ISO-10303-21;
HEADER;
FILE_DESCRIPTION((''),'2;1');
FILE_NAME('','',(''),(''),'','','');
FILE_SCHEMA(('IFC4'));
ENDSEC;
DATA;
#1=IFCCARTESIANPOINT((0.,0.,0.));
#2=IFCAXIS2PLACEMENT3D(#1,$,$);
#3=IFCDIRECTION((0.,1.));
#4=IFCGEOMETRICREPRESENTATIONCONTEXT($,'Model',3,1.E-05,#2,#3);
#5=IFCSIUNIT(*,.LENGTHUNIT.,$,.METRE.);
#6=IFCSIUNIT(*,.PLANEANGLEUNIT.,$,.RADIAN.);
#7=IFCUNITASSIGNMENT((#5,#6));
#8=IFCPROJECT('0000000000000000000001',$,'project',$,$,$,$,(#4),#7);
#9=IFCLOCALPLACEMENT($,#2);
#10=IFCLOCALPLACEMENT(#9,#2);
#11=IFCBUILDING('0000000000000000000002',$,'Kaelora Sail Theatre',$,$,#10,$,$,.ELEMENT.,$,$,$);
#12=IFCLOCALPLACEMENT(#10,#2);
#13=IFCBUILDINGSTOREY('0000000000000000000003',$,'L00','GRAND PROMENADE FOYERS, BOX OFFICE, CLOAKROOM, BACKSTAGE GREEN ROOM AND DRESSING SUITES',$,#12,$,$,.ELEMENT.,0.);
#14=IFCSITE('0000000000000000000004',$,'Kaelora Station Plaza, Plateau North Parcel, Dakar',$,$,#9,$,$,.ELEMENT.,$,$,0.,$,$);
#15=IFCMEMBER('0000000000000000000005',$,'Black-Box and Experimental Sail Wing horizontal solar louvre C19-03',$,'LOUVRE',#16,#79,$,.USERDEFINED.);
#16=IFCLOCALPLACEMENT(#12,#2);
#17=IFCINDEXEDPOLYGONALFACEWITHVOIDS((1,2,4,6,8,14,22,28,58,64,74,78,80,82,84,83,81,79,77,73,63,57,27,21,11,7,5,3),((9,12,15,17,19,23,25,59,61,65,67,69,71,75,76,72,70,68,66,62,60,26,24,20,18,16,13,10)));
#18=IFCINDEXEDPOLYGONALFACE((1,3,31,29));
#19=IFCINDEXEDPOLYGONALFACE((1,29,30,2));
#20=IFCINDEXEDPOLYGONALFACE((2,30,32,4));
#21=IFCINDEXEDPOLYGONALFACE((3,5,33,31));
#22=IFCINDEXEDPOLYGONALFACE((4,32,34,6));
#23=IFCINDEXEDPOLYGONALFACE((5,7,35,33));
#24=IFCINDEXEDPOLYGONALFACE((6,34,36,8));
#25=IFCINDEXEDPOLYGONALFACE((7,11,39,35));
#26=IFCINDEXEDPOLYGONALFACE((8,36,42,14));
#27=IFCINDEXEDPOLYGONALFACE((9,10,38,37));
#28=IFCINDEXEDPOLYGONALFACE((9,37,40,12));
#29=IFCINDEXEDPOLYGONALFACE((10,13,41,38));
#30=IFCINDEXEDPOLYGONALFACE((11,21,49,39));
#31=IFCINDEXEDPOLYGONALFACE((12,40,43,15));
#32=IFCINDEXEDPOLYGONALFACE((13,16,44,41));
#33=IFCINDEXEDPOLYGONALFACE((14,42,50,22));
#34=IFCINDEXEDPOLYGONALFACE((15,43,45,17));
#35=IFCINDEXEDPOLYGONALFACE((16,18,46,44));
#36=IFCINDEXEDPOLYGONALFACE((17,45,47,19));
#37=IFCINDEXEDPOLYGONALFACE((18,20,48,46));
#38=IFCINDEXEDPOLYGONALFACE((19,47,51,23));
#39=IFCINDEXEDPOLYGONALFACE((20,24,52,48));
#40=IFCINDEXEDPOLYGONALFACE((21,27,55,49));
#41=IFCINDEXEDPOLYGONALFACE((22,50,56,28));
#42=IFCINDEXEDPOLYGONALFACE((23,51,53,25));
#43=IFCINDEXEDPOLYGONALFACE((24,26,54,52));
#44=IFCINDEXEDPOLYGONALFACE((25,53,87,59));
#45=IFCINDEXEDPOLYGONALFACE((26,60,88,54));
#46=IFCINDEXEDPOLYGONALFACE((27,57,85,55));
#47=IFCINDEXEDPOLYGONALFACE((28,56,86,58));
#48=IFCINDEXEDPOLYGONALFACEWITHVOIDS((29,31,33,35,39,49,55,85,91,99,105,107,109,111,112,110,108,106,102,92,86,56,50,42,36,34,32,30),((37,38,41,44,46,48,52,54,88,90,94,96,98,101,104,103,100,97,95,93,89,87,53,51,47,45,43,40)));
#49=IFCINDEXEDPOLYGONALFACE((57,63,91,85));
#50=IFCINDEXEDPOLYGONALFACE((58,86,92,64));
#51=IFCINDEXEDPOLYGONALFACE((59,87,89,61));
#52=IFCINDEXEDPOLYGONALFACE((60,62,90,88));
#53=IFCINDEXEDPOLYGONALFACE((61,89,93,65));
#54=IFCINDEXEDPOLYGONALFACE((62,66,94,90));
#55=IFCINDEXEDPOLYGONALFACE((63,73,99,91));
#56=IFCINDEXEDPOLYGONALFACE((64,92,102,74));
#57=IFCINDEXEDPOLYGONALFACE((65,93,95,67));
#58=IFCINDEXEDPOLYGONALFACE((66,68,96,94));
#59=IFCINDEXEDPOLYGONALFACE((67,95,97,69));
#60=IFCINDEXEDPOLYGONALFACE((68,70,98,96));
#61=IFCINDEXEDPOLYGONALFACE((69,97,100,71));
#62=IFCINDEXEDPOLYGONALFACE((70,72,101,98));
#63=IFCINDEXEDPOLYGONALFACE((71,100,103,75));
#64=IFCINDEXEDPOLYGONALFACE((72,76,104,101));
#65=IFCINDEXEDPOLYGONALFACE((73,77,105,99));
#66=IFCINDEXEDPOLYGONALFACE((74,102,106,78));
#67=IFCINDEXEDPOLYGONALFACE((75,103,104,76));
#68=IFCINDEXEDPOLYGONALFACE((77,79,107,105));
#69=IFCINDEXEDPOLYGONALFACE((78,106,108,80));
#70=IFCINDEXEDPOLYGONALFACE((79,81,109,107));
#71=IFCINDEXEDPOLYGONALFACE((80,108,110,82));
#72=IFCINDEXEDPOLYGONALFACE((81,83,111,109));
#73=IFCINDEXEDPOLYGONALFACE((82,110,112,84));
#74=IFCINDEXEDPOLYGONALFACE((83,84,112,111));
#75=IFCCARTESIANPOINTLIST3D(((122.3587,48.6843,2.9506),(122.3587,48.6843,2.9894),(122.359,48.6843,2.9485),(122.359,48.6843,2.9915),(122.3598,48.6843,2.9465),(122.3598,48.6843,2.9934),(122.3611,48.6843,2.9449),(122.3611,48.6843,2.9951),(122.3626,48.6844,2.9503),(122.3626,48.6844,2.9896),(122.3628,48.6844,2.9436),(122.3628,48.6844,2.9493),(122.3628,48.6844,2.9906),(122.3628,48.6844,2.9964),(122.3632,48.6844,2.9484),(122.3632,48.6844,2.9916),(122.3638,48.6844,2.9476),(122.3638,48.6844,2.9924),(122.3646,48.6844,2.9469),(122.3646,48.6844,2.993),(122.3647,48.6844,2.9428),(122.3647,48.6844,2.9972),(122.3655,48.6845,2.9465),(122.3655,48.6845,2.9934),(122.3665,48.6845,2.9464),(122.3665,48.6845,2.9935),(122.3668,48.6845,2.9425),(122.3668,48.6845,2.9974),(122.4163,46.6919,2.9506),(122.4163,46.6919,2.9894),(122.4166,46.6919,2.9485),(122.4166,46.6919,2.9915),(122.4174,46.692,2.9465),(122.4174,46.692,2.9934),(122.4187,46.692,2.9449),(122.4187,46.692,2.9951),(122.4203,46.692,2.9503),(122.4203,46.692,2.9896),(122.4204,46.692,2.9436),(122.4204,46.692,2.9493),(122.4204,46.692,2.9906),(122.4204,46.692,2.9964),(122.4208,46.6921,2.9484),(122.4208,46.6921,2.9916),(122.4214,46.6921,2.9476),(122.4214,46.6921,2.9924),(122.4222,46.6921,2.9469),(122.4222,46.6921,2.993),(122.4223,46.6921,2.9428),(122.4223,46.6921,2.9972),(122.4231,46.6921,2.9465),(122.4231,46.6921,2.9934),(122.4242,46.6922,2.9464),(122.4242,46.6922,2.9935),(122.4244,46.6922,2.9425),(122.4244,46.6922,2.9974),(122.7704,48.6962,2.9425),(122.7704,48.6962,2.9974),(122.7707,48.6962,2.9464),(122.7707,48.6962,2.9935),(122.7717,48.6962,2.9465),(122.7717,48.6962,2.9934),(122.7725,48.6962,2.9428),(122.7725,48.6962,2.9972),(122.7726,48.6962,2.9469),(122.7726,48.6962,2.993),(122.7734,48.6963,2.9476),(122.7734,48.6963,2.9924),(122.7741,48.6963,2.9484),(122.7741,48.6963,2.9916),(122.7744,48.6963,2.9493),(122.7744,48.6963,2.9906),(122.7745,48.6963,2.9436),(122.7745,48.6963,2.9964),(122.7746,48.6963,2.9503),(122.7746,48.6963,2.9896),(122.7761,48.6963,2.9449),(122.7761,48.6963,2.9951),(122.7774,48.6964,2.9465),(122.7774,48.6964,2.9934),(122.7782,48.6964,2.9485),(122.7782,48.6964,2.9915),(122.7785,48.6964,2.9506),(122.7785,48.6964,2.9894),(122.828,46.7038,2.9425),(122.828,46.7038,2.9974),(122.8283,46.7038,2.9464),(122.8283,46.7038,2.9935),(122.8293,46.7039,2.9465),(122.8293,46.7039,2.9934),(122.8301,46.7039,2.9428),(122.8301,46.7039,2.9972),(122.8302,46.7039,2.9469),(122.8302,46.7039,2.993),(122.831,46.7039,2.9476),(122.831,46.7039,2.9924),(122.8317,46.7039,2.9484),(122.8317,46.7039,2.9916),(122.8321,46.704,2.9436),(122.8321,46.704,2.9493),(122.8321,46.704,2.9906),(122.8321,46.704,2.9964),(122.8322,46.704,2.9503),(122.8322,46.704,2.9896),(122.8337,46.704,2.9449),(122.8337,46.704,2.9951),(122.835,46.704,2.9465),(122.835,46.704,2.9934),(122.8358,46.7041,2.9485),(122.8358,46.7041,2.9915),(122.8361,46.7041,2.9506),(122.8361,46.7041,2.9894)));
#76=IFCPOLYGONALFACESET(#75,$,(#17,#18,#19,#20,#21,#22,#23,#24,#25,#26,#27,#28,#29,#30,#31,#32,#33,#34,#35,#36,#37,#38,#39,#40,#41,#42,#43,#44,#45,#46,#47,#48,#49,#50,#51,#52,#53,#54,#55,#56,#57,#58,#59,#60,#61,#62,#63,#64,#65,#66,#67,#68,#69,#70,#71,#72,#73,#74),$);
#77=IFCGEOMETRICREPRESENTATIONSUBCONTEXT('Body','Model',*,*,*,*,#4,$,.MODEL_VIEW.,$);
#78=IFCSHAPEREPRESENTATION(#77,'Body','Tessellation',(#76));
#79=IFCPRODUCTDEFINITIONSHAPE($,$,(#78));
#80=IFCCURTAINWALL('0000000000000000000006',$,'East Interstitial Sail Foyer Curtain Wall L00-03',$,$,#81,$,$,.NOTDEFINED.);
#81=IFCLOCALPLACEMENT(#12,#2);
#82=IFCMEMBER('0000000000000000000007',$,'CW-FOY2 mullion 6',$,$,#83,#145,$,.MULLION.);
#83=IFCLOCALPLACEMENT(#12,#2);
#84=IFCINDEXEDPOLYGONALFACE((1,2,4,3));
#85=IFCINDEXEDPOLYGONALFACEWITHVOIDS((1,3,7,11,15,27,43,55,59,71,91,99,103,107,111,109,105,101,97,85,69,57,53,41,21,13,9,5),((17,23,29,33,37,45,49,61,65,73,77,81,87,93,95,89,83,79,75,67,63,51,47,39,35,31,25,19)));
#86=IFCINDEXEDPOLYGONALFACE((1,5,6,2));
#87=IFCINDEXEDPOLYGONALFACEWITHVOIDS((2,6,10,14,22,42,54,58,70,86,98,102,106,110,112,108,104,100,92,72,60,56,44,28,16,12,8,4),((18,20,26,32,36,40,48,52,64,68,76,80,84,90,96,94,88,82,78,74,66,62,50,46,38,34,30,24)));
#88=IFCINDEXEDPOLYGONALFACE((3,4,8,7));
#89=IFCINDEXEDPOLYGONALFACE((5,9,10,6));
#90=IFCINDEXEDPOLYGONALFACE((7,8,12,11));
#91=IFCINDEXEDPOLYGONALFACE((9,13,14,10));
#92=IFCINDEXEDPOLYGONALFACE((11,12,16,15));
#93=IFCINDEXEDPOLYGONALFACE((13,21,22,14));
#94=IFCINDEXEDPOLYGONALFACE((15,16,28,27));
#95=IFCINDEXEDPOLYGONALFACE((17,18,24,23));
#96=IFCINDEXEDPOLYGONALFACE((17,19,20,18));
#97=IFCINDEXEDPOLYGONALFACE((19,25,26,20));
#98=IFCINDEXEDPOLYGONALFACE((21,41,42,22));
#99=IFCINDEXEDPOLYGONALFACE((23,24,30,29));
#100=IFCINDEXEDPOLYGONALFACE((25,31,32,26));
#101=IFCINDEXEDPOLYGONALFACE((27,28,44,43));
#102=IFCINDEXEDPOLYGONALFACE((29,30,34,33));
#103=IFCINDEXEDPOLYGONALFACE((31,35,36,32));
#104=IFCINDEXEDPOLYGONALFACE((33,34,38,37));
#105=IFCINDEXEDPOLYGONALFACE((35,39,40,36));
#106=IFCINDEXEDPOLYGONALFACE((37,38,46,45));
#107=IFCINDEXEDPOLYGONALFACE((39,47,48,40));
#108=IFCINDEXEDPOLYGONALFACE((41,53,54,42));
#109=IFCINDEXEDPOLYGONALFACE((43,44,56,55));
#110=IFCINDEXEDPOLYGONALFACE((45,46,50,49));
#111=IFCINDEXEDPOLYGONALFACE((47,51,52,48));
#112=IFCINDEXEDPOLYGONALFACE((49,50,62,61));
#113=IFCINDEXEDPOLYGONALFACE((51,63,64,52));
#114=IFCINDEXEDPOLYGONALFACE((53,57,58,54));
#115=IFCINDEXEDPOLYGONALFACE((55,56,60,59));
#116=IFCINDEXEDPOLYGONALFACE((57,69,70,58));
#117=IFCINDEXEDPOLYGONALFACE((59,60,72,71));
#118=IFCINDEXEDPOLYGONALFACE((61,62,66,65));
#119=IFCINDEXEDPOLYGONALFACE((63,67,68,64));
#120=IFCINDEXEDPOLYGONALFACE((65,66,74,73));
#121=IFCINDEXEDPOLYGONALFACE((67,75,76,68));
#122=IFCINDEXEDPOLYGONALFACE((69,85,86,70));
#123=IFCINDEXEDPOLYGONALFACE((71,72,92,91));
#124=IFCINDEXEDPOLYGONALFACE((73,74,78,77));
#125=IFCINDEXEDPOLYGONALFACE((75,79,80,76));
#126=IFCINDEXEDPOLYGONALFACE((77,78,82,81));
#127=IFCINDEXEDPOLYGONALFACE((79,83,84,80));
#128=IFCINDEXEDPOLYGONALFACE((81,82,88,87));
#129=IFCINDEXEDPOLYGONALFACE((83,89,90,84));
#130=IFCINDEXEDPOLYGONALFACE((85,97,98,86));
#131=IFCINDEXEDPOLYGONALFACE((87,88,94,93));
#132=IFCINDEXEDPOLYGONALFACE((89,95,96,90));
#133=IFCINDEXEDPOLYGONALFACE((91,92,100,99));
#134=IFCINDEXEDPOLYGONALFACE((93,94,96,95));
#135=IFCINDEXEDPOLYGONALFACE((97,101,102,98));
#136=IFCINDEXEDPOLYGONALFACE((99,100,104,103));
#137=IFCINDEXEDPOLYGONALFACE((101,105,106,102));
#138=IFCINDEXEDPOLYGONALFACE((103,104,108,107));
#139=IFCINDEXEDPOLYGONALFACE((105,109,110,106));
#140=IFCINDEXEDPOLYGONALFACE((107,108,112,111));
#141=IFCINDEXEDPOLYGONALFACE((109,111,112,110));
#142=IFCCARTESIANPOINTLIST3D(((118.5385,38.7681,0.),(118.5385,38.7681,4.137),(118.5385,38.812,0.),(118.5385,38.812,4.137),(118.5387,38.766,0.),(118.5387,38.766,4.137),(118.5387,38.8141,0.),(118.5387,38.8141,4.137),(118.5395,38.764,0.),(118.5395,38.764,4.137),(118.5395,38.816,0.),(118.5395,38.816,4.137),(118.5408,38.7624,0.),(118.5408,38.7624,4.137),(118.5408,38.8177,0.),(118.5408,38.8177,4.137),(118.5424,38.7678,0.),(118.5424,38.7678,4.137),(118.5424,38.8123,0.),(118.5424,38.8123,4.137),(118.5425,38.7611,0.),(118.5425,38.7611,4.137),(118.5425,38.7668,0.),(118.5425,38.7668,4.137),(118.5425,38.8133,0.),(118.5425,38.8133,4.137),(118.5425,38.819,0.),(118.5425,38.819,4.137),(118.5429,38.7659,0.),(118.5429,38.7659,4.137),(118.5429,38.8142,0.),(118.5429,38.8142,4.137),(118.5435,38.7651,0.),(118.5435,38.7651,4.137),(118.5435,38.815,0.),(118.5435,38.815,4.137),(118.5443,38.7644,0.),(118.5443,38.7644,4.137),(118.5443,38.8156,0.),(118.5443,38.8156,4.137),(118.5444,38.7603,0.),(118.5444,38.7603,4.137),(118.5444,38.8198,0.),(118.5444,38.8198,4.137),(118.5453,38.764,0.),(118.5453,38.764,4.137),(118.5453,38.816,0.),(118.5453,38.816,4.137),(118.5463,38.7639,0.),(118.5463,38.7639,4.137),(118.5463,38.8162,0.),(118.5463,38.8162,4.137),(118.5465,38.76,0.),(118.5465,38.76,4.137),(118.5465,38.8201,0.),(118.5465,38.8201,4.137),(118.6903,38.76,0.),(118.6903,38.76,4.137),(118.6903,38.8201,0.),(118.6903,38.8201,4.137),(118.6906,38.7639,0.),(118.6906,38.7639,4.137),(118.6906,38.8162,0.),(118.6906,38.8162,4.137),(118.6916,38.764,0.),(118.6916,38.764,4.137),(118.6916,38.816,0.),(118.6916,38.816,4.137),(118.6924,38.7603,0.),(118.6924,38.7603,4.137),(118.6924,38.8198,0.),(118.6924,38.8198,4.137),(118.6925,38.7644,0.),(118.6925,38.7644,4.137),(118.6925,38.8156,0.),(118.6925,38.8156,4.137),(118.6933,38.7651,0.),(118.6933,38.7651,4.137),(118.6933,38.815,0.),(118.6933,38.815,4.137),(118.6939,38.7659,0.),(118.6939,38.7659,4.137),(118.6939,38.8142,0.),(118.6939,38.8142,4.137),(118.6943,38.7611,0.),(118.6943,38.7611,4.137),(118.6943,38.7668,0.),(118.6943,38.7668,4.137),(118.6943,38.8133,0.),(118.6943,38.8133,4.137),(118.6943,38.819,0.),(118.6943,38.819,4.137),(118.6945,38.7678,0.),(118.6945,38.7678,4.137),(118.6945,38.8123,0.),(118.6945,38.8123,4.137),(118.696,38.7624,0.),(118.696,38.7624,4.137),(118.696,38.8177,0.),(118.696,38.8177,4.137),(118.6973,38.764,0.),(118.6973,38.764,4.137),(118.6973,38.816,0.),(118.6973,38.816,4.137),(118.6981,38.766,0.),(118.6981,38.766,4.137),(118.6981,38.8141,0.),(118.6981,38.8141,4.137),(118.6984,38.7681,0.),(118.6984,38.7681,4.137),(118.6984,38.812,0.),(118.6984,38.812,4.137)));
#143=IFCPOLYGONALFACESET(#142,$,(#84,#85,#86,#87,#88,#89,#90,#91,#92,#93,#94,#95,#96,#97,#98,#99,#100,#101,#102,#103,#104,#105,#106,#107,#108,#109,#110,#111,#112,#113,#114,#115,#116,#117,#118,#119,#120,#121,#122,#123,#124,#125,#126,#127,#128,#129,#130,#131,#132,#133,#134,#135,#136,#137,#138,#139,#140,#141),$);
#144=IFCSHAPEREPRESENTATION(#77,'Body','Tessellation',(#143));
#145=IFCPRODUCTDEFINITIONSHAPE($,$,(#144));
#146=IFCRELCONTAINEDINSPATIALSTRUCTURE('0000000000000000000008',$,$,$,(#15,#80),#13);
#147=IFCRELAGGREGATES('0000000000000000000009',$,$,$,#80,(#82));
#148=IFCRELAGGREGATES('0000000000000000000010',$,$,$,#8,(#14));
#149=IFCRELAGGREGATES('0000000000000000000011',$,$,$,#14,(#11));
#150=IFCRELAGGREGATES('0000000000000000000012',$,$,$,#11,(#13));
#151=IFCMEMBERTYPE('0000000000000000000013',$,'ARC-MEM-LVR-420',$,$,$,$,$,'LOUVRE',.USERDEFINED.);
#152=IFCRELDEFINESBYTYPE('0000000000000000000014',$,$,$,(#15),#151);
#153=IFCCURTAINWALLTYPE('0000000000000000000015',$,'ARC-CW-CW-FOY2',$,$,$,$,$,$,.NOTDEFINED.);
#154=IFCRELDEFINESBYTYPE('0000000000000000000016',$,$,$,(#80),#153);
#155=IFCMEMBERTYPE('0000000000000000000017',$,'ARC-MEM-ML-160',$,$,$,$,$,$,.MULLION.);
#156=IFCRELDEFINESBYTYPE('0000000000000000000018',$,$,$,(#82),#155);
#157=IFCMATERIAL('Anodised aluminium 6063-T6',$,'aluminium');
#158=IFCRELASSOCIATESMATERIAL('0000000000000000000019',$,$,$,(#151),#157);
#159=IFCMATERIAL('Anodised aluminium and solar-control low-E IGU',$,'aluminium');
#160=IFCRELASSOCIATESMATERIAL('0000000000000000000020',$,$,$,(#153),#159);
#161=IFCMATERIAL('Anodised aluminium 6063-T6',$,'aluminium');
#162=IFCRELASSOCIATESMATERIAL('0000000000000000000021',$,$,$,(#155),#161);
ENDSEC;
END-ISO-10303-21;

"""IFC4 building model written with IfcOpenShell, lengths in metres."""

from ifc_helpers import new_model, si_unit, direction, frame, origin, origin_2d, place, context, subcontext, project, spatial, hollow_rectangle, extrude, material, material_profile, profile_set, type_object, element, aggregate, save


model = new_model("IFC4")

# Units and contexts
model_context = context("Model", 3, precision=1e-05, world=origin(), true_north=direction((0.0, 1.0)))
body_context = subcontext(model_context, "Body", "Model", "MODEL_VIEW")
ifc_project = project(units=[si_unit("LENGTHUNIT", "METRE"), si_unit("PLANEANGLEUNIT", "RADIAN")], contexts=[model_context])

# Site, building, storey
site_placement = place(None, origin())
site = spatial("IfcSite", under=ifc_project, at=site_placement, Name="Kaelora Station Plaza, Plateau North Parcel, Dakar", CompositionType="ELEMENT", RefElevation=0.0)
building_placement = place(site_placement, origin())
building = spatial("IfcBuilding", under=site, at=building_placement, Name="Kaelora Sail Theatre", CompositionType="ELEMENT")
storey_placement = place(building_placement, origin())
storey = spatial("IfcBuildingStorey", under=building, at=storey_placement, Name="L00", Description="GRAND PROMENADE FOYERS, BOX OFFICE, CLOAKROOM, BACKSTAGE GREEN ROOM AND DRESSING SUITES", CompositionType="ELEMENT", Elevation=0.0)

# Member
ifc_material_1 = material(Name="Anodised aluminium 6063-T6", Category="aluminium")
ifc_material_profile_1 = material_profile(ifc_material_1, hollow_rectangle(XDim=0.4199, YDim=0.0549, WallThickness=0.0039, InnerFilletRadius=0.0039, OuterFilletRadius=0.0081, at=origin_2d()), Name="LOUVRE 420x55x4")
ifc_profile_set_1 = profile_set([ifc_material_profile_1], Name="Anodised aluminium 6063-T6")
member_type_1 = type_object("IfcMemberType", Name="ARC-MEM-LVR-420", ElementType="LOUVRE", PredefinedType="USERDEFINED", material=ifc_profile_set_1)
for number, where, z_axis, x_axis, name in (
    (1, (122.6262, 46.698, 2.97), (-0.028906, 0.999582, 0.0), (-0.999582, -0.028906, 0.0), "Black-Box and Experimental Sail Wing horizontal solar louvre C19-03"),
):
    element("IfcMember", number, at=place(storey_placement, frame(where, z_axis=z_axis, x_axis=x_axis)), inside=storey, type_object=member_type_1, Name=name, ObjectType="LOUVRE", PredefinedType="USERDEFINED", context=body_context, shape_type="SweptSolid", body=[
        extrude(hollow_rectangle(XDim=0.4199, YDim=0.0549, WallThickness=0.0039, InnerFilletRadius=0.0039, OuterFilletRadius=0.0081, at=origin_2d()), origin(), (0.0, 0.0, 1.0), 1.9932),
    ])

# Curtain wall, member
ifc_material_2 = material(Name="Anodised aluminium and solar-control low-E IGU", Category="aluminium")
curtain_wall_type = type_object("IfcCurtainWallType", Name="ARC-CW-CW-FOY2", PredefinedType="NOTDEFINED", material=ifc_material_2)
curtain_wall_placement = place(storey_placement, origin())
curtain_wall = element("IfcCurtainWall", 2, at=curtain_wall_placement, inside=storey, type_object=curtain_wall_type, Name="East Interstitial Sail Foyer Curtain Wall L00-03", PredefinedType="NOTDEFINED")
ifc_material_3 = material(Name="Anodised aluminium 6063-T6", Category="aluminium")
ifc_material_profile_2 = material_profile(ifc_material_3, hollow_rectangle(XDim=0.0601, YDim=0.1599, WallThickness=0.0039, InnerFilletRadius=0.0039, OuterFilletRadius=0.0081, at=origin_2d()), Name="ALU-MULL 60x160x4")
ifc_profile_set_2 = profile_set([ifc_material_profile_2], Name="Anodised aluminium 6063-T6")
member_type_2 = type_object("IfcMemberType", Name="ARC-MEM-ML-160", PredefinedType="MULLION", material=ifc_profile_set_2)
member_1_placement = place(storey_placement, frame((118.6184, 38.79, 0.0), z_axis=(0.0, 0.0, 1.0), x_axis=(0.0, 1.0, 0.0)))
member_1 = element("IfcMember", 3, at=member_1_placement, type_object=member_type_2, Name="CW-FOY2 mullion 6", PredefinedType="MULLION", context=body_context, shape_type="SweptSolid", body=[
    extrude(hollow_rectangle(XDim=0.0601, YDim=0.1599, WallThickness=0.0039, InnerFilletRadius=0.0039, OuterFilletRadius=0.0081, at=origin_2d()), origin(), (0.0, 0.0, 1.0), 4.137),
])

aggregate(curtain_wall, [member_1])

save(model, "model.ifc")
